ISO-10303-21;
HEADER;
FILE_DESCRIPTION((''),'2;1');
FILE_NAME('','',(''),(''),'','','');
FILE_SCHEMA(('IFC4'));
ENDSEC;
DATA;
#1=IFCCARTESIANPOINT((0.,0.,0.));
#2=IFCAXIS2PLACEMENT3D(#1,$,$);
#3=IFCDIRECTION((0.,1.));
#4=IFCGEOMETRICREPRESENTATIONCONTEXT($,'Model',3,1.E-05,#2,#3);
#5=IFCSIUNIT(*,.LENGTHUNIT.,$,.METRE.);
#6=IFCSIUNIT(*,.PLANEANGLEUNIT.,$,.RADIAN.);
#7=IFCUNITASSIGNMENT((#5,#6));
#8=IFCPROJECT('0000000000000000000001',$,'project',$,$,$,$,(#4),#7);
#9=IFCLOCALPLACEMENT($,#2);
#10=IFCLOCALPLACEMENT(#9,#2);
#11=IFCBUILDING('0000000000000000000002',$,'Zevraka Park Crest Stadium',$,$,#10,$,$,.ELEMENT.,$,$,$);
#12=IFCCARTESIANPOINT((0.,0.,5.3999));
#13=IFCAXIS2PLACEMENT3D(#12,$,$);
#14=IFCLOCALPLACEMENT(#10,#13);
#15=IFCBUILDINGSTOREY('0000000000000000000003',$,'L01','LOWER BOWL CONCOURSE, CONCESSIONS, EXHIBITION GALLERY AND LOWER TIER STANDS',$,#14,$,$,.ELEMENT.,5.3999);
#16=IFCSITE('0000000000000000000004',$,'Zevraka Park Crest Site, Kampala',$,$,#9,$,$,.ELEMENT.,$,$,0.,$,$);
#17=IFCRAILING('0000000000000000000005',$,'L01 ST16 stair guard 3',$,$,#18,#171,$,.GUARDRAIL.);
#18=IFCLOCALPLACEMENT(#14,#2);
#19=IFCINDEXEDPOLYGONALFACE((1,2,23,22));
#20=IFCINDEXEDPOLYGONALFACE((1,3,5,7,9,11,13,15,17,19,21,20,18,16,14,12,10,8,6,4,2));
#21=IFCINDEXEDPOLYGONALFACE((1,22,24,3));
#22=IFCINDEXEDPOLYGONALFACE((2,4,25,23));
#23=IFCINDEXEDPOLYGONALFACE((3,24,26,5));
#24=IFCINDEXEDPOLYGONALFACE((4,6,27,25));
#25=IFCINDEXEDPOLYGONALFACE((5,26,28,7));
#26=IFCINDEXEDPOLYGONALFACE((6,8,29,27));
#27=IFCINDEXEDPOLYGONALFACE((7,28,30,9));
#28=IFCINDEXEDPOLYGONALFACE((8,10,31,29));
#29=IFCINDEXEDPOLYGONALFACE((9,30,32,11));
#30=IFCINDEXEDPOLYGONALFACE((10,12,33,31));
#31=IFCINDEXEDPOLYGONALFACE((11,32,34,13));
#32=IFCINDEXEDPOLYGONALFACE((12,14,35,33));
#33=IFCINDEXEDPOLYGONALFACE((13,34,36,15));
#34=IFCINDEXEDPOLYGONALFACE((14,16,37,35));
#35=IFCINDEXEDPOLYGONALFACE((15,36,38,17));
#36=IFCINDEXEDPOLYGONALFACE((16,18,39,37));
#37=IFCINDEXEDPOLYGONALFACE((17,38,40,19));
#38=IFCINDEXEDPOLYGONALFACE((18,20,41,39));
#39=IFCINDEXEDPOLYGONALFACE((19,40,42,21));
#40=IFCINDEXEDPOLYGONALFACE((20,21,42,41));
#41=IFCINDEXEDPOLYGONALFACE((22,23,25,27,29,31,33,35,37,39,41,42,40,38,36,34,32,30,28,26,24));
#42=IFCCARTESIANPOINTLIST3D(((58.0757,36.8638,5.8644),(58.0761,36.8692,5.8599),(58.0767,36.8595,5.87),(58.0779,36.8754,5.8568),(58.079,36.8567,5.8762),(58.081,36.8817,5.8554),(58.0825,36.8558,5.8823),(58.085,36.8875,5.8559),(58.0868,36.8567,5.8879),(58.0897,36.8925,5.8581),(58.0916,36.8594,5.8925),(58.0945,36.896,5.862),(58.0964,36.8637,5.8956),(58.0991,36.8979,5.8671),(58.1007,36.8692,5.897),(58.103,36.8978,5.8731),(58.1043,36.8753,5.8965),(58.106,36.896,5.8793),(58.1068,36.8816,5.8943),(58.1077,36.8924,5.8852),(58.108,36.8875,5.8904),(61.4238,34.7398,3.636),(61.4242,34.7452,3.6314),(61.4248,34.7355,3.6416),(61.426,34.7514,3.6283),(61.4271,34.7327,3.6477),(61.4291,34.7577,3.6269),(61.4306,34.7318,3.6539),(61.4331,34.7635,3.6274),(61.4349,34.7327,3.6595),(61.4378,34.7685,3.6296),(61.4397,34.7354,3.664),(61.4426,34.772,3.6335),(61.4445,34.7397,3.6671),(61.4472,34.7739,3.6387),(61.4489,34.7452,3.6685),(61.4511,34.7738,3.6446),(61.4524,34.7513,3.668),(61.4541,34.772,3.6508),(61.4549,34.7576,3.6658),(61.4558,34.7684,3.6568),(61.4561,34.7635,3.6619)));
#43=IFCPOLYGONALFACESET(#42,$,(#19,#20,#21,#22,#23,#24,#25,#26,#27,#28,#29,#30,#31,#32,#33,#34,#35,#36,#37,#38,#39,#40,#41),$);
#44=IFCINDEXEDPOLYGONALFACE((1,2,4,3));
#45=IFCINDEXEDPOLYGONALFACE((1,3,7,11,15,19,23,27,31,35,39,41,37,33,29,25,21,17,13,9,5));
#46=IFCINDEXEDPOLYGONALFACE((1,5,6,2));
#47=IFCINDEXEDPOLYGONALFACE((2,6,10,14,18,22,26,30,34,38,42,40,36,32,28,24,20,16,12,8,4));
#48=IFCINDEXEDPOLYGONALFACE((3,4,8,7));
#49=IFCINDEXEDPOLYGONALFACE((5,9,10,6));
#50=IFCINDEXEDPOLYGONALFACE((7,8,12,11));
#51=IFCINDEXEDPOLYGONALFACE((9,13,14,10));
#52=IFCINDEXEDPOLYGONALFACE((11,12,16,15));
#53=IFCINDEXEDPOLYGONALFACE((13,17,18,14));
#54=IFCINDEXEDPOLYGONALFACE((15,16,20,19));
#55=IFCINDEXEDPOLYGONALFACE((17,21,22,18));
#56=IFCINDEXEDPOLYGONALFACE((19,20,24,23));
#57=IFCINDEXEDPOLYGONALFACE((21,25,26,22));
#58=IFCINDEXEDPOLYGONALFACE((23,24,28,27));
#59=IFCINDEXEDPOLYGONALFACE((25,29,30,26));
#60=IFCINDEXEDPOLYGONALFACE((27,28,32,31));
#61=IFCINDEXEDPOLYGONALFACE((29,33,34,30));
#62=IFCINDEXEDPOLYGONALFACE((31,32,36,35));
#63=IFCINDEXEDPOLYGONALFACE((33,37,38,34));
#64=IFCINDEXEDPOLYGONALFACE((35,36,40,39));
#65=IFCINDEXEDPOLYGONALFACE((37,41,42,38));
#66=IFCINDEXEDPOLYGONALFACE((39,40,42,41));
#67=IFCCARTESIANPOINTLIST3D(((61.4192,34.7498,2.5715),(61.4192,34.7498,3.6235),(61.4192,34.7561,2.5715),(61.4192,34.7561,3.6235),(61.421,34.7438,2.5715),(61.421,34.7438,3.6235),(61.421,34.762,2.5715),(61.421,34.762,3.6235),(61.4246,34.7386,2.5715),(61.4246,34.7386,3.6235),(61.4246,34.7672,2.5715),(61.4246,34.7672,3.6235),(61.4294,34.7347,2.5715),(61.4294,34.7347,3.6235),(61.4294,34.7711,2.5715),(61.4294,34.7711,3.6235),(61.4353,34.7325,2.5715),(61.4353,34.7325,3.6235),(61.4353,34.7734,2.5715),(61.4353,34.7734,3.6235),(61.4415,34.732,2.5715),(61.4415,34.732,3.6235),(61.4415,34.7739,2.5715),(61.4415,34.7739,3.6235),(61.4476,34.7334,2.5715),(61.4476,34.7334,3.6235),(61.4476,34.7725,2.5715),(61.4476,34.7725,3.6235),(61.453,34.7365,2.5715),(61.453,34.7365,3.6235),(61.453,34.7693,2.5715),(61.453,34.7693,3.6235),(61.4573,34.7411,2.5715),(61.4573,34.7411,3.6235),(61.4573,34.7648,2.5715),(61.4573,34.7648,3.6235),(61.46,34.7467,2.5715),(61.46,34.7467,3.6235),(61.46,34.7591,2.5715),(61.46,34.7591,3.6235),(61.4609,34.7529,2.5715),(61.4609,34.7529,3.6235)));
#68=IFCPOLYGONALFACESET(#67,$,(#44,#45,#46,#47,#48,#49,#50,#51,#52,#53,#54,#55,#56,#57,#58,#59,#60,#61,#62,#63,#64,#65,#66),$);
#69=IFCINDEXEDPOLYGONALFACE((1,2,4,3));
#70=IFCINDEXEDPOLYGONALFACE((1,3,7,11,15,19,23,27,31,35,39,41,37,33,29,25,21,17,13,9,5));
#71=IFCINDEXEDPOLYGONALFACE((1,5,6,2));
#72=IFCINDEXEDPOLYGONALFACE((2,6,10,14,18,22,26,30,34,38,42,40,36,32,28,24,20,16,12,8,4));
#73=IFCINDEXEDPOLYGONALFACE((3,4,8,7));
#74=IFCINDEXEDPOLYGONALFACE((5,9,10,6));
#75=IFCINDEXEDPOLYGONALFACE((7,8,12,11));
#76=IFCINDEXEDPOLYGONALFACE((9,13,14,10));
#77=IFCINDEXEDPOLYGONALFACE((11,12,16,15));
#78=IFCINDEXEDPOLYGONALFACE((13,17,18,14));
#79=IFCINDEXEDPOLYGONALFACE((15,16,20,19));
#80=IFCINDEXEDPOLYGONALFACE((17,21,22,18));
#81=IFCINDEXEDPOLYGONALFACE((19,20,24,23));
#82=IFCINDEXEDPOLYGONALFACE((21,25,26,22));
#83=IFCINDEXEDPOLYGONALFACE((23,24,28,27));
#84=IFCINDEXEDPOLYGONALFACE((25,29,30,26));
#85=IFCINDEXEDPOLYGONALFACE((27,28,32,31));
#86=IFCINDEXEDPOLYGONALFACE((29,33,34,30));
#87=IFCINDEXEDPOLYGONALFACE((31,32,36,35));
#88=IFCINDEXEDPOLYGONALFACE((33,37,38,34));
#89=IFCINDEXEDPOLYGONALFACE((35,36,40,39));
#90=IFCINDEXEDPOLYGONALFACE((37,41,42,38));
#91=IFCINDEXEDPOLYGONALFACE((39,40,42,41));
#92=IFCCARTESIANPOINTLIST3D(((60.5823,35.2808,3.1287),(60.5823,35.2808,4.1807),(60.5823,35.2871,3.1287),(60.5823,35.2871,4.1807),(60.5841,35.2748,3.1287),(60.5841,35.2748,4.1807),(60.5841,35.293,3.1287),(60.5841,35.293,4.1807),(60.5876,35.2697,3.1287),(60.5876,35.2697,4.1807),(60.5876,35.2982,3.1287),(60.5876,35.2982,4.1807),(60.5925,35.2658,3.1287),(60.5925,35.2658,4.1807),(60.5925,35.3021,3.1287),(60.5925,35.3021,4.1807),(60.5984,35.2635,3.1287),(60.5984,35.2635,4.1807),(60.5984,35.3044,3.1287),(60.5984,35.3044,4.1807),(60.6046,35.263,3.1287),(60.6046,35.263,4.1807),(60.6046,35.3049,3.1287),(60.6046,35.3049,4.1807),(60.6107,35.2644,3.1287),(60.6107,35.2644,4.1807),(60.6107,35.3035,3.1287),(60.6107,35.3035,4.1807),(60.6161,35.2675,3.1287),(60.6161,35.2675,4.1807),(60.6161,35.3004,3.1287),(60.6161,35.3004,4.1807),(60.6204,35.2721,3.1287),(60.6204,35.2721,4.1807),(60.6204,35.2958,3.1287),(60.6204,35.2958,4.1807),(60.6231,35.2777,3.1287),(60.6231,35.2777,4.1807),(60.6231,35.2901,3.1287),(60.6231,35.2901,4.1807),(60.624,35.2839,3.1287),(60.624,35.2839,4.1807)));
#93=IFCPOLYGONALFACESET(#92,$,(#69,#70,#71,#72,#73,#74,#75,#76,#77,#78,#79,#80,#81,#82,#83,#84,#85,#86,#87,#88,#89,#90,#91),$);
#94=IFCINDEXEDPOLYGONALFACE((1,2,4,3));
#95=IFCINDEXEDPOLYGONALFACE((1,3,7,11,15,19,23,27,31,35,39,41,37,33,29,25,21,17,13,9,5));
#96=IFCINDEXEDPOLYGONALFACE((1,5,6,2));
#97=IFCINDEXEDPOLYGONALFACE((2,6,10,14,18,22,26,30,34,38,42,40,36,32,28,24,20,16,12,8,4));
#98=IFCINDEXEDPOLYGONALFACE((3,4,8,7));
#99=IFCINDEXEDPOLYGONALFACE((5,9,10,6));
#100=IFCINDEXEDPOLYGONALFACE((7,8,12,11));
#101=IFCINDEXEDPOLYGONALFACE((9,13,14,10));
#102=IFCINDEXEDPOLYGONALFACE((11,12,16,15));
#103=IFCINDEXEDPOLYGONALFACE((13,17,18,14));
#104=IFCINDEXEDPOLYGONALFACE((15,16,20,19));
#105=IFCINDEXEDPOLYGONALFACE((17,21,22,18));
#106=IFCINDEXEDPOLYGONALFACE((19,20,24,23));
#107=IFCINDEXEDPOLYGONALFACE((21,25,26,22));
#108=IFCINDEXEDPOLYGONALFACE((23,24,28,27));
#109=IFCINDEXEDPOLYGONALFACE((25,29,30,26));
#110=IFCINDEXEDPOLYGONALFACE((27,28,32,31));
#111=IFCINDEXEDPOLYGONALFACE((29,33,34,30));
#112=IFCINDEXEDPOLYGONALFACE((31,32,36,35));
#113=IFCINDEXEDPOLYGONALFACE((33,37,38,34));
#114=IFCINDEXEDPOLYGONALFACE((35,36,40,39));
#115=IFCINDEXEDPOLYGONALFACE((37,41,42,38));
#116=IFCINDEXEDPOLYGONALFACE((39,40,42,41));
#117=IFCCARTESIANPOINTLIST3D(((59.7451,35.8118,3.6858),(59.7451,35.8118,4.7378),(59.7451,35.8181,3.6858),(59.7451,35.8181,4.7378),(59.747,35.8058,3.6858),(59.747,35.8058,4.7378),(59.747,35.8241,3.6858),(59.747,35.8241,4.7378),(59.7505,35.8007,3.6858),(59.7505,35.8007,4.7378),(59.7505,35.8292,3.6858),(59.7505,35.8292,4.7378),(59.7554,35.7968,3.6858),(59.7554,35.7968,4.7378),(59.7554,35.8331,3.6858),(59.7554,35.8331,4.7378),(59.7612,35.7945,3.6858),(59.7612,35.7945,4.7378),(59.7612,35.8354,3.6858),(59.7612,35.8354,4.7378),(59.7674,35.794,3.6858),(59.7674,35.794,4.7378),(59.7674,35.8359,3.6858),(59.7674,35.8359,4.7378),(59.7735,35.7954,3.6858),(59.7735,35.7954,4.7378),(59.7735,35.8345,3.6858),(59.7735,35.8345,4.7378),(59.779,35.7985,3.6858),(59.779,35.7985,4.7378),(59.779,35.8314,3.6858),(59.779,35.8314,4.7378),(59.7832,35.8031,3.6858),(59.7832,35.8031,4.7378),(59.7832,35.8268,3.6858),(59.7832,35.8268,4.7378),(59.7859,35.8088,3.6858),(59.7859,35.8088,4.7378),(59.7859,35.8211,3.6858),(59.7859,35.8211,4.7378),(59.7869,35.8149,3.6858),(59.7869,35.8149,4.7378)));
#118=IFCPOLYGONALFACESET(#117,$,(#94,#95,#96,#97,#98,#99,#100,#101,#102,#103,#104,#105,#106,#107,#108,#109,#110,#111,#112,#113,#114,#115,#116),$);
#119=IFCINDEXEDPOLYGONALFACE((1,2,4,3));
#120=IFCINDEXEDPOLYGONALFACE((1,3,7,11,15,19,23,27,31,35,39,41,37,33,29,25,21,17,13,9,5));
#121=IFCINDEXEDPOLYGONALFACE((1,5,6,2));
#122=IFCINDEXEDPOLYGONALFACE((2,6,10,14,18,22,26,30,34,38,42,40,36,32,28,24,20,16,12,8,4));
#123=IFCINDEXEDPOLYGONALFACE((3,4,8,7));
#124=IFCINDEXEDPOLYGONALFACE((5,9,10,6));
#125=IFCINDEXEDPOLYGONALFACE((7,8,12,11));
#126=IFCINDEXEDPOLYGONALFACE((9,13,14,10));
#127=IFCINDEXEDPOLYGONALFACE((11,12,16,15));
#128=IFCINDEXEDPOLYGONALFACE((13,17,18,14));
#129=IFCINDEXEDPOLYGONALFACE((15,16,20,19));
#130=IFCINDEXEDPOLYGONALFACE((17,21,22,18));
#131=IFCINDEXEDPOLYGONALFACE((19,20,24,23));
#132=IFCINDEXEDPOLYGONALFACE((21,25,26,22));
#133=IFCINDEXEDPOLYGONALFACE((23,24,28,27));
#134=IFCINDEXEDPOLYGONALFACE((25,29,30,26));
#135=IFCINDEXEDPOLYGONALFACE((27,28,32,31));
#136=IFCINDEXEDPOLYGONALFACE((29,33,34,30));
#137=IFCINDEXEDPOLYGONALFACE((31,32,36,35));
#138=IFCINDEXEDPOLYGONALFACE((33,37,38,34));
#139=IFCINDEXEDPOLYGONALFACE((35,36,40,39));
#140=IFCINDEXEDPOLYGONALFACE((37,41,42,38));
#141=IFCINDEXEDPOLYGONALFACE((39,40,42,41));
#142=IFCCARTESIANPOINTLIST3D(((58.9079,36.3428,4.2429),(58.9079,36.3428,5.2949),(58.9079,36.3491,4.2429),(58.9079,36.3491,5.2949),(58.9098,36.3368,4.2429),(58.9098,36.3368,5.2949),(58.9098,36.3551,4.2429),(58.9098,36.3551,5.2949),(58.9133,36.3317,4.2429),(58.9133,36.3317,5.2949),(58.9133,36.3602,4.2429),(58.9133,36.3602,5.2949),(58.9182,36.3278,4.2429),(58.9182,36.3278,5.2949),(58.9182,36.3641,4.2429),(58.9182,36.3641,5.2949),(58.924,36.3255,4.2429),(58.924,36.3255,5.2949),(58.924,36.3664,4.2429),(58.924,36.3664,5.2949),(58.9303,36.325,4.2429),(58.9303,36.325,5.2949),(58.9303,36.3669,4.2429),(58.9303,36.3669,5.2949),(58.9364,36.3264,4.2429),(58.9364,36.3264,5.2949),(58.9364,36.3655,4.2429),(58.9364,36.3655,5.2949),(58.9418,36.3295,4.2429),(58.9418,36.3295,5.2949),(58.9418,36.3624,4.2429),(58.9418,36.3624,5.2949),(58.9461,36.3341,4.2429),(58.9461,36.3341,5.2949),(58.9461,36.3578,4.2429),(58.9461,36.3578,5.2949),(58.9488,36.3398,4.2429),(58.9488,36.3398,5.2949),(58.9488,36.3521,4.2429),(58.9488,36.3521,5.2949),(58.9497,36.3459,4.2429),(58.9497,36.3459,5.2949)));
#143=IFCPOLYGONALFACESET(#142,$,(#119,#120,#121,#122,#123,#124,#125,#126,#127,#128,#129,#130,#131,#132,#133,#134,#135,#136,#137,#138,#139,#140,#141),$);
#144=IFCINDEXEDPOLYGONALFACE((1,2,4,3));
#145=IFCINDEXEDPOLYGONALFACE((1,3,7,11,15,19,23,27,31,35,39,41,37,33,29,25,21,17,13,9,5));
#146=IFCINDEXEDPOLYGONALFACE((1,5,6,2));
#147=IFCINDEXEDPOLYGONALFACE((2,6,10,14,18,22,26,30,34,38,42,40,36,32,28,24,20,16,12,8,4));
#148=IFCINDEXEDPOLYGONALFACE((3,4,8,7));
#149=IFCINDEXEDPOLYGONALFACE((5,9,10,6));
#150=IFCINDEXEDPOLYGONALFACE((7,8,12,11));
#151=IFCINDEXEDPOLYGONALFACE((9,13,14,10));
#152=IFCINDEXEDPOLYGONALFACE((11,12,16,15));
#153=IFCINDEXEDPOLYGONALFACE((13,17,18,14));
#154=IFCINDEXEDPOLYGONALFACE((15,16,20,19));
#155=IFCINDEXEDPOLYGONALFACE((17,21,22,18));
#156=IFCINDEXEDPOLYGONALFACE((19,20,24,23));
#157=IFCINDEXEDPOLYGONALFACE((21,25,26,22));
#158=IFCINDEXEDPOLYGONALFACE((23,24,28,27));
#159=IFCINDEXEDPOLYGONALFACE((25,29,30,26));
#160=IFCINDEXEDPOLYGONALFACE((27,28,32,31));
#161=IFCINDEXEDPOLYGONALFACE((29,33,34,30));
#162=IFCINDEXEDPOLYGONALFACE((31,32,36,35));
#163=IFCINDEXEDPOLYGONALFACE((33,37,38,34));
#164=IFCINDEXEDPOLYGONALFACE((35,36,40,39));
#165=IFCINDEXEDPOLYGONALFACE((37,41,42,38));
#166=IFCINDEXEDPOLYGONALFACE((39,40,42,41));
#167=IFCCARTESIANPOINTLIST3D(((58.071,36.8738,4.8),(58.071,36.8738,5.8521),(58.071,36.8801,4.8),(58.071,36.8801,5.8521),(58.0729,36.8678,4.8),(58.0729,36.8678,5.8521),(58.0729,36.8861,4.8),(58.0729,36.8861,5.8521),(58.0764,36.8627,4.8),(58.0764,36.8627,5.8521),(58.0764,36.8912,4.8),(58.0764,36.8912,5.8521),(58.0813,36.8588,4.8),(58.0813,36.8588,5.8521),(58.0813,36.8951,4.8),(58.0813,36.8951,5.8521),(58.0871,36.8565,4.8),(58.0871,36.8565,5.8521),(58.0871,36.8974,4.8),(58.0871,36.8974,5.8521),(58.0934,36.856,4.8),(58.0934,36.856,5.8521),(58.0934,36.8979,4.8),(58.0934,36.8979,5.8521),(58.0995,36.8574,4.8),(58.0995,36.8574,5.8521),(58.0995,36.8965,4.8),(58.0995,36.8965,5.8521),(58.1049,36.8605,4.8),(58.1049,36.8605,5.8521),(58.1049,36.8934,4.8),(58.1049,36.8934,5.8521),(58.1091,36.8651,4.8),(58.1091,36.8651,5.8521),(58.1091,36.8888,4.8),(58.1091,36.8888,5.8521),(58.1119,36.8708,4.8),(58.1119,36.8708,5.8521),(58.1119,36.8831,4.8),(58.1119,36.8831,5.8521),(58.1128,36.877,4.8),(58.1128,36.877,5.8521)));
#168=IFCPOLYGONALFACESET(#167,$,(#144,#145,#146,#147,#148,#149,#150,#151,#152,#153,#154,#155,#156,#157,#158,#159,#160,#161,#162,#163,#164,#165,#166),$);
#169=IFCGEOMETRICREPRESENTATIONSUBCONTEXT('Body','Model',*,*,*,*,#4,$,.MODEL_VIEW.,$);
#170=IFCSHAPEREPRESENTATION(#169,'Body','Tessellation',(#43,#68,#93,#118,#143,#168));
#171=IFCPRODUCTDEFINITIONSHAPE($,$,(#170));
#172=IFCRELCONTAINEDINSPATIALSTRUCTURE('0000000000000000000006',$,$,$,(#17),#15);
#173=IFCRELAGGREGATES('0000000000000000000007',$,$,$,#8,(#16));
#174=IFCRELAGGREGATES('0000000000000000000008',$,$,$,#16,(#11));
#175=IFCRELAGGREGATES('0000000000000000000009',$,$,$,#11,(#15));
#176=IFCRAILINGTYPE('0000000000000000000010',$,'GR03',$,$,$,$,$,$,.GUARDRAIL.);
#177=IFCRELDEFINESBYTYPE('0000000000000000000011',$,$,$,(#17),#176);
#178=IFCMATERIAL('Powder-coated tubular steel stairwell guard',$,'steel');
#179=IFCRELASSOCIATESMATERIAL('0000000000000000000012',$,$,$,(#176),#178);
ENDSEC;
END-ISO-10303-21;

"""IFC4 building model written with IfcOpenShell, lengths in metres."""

from ifc_helpers import new_model, si_unit, direction, frame, origin, origin_2d, place, context, subcontext, project, spatial, circle, extrude, material, type_object, element, save


model = new_model("IFC4")

# Units and contexts
model_context = context("Model", 3, precision=1e-05, world=origin(), true_north=direction((0.0, 1.0)))
body_context = subcontext(model_context, "Body", "Model", "MODEL_VIEW")
ifc_project = project(units=[si_unit("LENGTHUNIT", "METRE"), si_unit("PLANEANGLEUNIT", "RADIAN")], contexts=[model_context])

# Site, building, storey
site_placement = place(None, origin())
site = spatial("IfcSite", under=ifc_project, at=site_placement, Name="Zevraka Park Crest Site, Kampala", CompositionType="ELEMENT", RefElevation=0.0)
building_placement = place(site_placement, origin())
building = spatial("IfcBuilding", under=site, at=building_placement, Name="Zevraka Park Crest Stadium", CompositionType="ELEMENT")
storey_placement = place(building_placement, frame((0.0, 0.0, 5.3999)))
storey = spatial("IfcBuildingStorey", under=building, at=storey_placement, Name="L01", Description="LOWER BOWL CONCOURSE, CONCESSIONS, EXHIBITION GALLERY AND LOWER TIER STANDS", CompositionType="ELEMENT", Elevation=5.3999)

# Railing
ifc_material_1 = material(Name="Powder-coated tubular steel stairwell guard", Category="steel")
railing_type_1 = type_object("IfcRailingType", Name="GR03", PredefinedType="GUARDRAIL", material=ifc_material_1)
railing_1_placement = place(storey_placement, frame((61.4399, 34.7529, 2.5715)))
element("IfcRailing", 1, at=railing_1_placement, inside=storey, type_object=railing_type_1, Name="L01 ST16 stair guard 3", PredefinedType="GUARDRAIL", context=body_context, shape_type="SweptSolid", body=[
    extrude(circle(Radius=0.0239, at=origin_2d()), frame((0.0, 0.0, 1.0762), z_axis=(-0.736117, 0.466984, 0.489957), x_axis=(-0.535688, -0.844416, 0.0)), (0.0, 0.0, 1.0), 4.5483),
    extrude(circle(Radius=0.021, at=origin_2d()), origin(), (0.0, 0.0, 1.0), 1.052),
    extrude(circle(Radius=0.021, at=origin_2d()), frame((-0.8369, 0.531, 0.5571)), (0.0, 0.0, 1.0), 1.052),
    extrude(circle(Radius=0.021, at=origin_2d()), frame((-1.6741, 1.062, 1.1143)), (0.0, 0.0, 1.0), 1.052),
    extrude(circle(Radius=0.021, at=origin_2d()), frame((-2.5112, 1.593, 1.6714)), (0.0, 0.0, 1.0), 1.052),
    extrude(circle(Radius=0.021, at=origin_2d()), frame((-3.3481, 2.124, 2.2285)), (0.0, 0.0, 1.0), 1.052),
])

save(model, "model.ifc")
